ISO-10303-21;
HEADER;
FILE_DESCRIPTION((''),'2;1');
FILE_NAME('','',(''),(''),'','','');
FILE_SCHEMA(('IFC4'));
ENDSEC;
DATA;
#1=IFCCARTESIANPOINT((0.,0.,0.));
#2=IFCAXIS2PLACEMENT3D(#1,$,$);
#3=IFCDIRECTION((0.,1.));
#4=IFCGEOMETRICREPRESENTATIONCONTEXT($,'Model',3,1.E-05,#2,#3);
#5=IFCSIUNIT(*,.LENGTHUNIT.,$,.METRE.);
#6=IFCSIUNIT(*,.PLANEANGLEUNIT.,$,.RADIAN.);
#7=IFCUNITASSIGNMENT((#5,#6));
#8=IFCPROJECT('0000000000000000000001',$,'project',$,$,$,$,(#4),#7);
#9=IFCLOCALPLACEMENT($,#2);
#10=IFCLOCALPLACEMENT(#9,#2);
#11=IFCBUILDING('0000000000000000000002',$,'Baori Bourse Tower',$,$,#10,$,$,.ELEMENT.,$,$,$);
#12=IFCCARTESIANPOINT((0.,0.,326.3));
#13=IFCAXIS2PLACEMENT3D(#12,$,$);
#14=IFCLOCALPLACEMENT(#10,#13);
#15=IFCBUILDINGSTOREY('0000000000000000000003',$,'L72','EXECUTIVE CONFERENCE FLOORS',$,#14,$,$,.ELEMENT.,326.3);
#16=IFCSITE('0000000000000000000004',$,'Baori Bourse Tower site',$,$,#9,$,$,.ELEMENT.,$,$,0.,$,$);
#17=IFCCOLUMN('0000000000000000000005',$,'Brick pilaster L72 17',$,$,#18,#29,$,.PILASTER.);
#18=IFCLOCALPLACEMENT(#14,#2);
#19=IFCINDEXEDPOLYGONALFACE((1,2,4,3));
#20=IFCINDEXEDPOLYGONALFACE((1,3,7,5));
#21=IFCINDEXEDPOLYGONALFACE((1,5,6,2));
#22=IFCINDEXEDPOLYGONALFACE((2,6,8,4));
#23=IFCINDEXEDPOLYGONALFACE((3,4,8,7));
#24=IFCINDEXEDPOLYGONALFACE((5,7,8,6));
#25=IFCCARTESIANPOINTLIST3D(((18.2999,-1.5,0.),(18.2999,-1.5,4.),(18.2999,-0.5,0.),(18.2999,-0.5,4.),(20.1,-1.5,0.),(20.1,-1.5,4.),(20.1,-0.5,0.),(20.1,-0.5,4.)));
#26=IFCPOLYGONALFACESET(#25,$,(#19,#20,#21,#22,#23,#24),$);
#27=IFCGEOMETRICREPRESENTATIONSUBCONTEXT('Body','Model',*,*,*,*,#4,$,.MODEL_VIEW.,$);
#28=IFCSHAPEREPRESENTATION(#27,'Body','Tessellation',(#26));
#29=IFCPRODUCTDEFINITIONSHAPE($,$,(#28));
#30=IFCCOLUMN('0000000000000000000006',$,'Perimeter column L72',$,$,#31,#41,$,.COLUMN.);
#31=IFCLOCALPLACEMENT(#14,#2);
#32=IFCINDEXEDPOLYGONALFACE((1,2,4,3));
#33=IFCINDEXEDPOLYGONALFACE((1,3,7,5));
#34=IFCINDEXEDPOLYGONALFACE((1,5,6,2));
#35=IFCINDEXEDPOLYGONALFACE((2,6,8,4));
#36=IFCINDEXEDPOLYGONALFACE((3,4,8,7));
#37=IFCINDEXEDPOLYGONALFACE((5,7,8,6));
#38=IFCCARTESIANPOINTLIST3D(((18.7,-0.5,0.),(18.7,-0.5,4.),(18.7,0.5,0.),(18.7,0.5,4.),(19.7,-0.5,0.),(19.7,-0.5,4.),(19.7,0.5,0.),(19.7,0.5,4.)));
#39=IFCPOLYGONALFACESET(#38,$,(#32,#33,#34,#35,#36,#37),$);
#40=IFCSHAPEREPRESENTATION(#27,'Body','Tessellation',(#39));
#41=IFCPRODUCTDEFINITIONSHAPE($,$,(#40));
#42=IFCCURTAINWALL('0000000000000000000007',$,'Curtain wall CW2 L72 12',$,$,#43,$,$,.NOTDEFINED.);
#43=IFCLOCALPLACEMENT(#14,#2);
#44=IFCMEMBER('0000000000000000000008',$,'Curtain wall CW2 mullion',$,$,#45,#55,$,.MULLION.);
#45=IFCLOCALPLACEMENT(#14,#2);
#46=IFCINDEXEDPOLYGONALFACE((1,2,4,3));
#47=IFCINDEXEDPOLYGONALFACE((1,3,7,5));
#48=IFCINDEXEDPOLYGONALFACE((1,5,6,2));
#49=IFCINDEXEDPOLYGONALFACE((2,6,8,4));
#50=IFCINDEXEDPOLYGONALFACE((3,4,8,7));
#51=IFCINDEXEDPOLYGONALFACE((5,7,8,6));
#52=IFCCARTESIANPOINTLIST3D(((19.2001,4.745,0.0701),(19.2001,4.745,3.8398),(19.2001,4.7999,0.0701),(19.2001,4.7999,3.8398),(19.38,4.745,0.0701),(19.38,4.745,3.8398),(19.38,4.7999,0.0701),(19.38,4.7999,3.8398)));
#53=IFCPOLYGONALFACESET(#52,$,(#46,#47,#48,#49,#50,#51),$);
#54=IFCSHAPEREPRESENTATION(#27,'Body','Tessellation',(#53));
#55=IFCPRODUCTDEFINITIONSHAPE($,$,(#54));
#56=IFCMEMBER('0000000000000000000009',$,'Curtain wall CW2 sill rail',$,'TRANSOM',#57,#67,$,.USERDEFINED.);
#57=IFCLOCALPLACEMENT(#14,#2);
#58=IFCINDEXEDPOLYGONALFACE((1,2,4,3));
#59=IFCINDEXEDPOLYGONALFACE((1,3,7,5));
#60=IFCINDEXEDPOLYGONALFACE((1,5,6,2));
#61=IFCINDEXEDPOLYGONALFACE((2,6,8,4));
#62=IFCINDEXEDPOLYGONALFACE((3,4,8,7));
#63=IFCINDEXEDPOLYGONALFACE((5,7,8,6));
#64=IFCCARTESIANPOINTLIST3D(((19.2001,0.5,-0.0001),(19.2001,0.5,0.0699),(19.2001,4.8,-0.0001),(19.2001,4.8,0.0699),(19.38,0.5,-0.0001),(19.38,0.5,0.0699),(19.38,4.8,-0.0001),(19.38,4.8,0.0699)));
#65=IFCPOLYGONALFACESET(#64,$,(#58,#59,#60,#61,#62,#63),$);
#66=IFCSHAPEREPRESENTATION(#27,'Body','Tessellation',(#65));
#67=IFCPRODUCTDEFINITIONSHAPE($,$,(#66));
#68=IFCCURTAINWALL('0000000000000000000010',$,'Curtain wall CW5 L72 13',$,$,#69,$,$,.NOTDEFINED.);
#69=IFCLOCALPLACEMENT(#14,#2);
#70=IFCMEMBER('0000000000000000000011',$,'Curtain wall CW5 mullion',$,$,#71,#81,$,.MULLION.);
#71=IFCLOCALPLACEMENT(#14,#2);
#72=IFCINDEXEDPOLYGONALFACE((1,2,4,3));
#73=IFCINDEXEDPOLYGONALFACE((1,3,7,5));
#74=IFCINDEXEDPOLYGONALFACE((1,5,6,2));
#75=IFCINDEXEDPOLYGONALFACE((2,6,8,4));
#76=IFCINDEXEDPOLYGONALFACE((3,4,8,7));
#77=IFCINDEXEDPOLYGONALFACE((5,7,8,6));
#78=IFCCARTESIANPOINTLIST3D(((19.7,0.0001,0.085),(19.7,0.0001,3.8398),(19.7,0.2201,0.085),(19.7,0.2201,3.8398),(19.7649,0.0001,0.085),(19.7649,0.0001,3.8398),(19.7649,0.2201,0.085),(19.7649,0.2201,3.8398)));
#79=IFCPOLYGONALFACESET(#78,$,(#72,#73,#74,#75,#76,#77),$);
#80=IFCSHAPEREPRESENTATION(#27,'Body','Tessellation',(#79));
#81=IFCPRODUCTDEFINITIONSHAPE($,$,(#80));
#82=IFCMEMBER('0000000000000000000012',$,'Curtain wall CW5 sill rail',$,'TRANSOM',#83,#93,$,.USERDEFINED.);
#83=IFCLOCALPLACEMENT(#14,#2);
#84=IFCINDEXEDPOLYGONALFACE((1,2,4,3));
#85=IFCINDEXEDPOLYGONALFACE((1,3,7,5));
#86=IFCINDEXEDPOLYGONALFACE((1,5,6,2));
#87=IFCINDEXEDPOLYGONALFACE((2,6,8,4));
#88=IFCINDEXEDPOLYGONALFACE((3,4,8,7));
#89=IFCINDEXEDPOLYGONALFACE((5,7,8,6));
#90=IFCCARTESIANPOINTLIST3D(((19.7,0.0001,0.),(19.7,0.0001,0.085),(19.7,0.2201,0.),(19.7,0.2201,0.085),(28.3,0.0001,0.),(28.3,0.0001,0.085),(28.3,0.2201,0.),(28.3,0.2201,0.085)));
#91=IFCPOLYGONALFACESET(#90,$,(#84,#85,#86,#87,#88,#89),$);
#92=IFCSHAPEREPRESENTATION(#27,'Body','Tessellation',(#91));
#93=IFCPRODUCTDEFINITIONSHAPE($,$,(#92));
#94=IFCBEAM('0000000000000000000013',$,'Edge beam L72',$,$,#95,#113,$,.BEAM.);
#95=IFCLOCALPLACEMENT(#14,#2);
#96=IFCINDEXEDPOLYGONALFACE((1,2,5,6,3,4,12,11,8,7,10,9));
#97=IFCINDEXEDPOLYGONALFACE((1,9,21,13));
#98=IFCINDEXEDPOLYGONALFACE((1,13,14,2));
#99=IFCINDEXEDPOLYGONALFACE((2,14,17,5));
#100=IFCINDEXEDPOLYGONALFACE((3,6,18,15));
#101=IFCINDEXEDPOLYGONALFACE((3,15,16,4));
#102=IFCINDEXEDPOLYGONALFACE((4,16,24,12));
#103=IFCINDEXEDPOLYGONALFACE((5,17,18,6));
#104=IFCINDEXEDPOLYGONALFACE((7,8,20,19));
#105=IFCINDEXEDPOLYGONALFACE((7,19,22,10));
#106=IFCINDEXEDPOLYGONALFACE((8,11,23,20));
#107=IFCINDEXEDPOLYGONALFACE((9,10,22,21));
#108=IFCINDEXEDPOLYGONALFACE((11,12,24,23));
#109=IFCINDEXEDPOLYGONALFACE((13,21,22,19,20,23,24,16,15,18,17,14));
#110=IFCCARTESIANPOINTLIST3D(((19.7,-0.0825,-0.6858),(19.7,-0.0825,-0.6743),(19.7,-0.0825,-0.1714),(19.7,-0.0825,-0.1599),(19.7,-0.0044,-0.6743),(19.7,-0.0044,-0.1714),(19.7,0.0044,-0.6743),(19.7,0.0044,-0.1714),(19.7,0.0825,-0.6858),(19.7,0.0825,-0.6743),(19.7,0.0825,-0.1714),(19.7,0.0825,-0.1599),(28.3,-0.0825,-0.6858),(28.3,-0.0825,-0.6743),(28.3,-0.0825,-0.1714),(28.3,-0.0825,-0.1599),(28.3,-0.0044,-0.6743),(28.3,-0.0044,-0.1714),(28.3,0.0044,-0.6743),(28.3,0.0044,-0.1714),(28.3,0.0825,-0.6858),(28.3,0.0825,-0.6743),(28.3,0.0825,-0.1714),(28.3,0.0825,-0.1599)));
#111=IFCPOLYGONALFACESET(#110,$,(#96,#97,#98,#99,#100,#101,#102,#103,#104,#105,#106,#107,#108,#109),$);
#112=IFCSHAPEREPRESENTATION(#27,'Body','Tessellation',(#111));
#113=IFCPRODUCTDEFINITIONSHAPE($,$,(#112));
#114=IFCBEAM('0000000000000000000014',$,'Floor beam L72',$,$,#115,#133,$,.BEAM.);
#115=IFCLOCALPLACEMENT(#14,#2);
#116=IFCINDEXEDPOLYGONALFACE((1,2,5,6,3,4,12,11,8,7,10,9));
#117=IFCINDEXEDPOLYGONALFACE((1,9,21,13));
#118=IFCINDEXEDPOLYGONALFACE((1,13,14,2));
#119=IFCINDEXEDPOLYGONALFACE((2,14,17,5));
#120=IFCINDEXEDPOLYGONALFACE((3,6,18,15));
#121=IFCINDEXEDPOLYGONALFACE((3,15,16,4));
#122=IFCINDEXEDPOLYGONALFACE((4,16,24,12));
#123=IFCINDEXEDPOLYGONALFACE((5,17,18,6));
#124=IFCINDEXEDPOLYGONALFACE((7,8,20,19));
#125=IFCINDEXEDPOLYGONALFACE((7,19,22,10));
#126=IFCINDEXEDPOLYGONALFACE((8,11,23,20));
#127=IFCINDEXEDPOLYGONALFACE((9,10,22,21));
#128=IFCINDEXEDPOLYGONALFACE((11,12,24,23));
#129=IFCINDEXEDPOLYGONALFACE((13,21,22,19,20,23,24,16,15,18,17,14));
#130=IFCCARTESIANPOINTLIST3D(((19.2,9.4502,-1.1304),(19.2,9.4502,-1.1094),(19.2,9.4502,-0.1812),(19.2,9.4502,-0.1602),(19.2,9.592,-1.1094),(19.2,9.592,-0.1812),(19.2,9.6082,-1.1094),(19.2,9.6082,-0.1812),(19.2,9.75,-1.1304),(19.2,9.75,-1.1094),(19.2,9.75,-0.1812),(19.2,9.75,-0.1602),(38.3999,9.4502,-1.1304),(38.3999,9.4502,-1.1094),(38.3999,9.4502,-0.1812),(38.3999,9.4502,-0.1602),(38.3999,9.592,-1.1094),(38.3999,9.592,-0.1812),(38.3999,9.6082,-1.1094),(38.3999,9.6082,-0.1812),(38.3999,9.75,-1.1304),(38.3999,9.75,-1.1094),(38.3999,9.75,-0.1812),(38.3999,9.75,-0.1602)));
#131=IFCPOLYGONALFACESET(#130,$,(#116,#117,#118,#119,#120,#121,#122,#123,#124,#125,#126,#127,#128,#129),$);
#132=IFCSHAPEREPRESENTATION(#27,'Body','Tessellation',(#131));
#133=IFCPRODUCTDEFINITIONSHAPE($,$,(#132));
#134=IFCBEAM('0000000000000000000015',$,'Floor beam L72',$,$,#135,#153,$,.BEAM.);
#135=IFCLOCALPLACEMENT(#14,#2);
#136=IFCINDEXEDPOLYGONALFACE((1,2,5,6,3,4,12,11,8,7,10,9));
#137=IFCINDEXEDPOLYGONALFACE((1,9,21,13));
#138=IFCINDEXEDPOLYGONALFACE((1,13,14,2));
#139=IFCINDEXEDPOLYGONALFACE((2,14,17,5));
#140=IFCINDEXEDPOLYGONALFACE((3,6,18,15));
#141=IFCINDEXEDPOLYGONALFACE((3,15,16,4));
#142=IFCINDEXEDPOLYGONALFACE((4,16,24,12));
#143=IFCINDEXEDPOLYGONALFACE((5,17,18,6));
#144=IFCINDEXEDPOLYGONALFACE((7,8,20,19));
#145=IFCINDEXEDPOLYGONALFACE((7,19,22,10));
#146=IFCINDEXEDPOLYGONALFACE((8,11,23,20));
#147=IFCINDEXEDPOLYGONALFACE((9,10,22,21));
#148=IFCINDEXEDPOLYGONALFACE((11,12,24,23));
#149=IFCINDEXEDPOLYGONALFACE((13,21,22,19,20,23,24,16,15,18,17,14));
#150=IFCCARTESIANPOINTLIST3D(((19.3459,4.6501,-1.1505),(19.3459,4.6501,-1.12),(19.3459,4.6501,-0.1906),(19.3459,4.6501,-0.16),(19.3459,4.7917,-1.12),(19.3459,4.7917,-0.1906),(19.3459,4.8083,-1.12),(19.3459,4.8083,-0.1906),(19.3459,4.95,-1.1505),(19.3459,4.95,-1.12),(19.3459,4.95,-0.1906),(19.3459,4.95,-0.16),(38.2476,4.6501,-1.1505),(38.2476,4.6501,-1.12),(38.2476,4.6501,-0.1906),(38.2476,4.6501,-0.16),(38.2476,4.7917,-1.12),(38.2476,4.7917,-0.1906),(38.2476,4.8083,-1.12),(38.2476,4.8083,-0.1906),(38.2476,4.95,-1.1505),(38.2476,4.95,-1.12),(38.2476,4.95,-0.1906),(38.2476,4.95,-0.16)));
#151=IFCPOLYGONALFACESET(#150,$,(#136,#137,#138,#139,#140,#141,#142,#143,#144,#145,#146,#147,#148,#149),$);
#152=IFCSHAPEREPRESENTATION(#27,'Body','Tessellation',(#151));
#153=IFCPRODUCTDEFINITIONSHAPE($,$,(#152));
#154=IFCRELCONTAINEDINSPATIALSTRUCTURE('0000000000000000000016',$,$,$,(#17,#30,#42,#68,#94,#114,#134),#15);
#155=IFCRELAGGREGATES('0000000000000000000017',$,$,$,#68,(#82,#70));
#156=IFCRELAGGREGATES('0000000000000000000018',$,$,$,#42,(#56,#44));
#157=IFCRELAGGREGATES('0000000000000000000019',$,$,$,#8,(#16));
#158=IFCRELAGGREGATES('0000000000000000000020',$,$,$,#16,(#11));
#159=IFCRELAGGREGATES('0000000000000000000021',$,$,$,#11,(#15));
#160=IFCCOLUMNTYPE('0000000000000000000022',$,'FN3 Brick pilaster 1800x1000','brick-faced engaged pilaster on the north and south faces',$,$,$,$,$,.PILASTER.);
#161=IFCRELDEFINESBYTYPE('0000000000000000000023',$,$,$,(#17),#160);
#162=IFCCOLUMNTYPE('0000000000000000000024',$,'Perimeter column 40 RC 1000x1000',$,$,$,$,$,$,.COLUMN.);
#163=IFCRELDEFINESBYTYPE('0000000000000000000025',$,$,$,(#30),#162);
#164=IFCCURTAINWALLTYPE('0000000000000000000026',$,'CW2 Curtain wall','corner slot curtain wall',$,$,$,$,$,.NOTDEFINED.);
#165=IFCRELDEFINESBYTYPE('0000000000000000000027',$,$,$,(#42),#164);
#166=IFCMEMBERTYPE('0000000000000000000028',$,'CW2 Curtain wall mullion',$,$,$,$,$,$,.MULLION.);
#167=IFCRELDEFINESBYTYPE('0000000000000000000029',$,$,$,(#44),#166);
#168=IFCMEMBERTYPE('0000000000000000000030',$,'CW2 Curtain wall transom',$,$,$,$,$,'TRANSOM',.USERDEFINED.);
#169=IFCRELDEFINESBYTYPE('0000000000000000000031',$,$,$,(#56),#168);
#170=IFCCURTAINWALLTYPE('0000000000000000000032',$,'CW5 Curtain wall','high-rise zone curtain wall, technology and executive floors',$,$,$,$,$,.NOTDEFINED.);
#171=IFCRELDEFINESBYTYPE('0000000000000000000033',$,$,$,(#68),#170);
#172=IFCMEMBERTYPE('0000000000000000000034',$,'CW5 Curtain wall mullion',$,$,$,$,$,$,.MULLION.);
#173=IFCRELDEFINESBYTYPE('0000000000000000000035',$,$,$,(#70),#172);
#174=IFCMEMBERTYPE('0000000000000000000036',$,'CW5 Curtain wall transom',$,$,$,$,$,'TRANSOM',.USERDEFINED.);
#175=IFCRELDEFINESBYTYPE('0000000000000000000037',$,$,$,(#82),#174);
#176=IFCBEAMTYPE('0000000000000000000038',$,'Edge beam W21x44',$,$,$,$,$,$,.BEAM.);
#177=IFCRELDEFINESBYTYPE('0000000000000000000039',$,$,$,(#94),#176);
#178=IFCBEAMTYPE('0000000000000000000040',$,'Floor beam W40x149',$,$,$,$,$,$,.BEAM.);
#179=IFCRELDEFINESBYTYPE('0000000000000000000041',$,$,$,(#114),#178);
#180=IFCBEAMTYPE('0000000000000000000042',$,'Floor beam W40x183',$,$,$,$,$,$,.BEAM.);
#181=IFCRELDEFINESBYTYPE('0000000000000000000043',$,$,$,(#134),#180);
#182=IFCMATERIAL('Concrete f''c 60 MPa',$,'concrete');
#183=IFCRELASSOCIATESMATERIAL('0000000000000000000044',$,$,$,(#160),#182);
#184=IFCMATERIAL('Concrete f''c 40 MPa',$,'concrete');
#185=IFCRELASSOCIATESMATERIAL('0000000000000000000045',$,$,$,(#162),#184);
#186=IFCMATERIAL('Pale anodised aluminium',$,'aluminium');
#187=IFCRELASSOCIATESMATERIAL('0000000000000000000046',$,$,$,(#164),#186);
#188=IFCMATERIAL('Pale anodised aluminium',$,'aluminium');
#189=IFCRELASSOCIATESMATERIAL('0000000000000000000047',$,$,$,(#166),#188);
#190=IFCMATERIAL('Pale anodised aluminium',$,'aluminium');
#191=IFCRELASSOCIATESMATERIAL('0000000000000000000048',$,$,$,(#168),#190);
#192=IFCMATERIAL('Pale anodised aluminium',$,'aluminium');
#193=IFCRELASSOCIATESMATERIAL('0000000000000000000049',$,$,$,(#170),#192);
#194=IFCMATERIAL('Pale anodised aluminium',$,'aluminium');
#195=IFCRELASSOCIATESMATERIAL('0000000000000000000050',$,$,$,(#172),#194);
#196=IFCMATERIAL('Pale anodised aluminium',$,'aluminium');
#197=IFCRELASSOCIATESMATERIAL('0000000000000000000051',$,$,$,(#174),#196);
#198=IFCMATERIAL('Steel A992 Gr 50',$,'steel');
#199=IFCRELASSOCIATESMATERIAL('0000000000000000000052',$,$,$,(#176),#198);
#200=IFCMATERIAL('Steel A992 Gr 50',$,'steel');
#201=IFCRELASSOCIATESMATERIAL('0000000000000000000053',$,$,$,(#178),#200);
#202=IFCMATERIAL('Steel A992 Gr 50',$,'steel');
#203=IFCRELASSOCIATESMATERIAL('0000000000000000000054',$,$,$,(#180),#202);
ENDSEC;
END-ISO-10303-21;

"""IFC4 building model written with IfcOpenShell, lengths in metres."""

from ifc_helpers import new_model, si_unit, direction, frame, origin, origin_2d, place, context, subcontext, project, spatial, rectangle, i_section, extrude, material, material_profile, profile_set, type_object, element, aggregate, save


model = new_model("IFC4")

# Units and contexts
model_context = context("Model", 3, precision=1e-05, world=origin(), true_north=direction((0.0, 1.0)))
body_context = subcontext(model_context, "Body", "Model", "MODEL_VIEW")
ifc_project = project(units=[si_unit("LENGTHUNIT", "METRE"), si_unit("PLANEANGLEUNIT", "RADIAN")], contexts=[model_context])

# Site, building, storey
site_placement = place(None, origin())
site = spatial("IfcSite", under=ifc_project, at=site_placement, Name="Baori Bourse Tower site", CompositionType="ELEMENT", RefElevation=0.0)
building_placement = place(site_placement, origin())
building = spatial("IfcBuilding", under=site, at=building_placement, Name="Baori Bourse Tower", CompositionType="ELEMENT")
storey_placement = place(building_placement, frame((0.0, 0.0, 326.3)))
storey = spatial("IfcBuildingStorey", under=building, at=storey_placement, Name="L72", Description="EXECUTIVE CONFERENCE FLOORS", CompositionType="ELEMENT", Elevation=326.3)

# Columns
ifc_material_1 = material(Name="Concrete f'c 60 MPa", Category="concrete")
ifc_material_profile_1 = material_profile(ifc_material_1, rectangle(XDim=1.8, YDim=1.0, at=origin_2d()), Name="RC 1800x1000")
ifc_profile_set_1 = profile_set([ifc_material_profile_1], Name="Concrete f'c 60 MPa")
column_type_1 = type_object("IfcColumnType", Name="FN3 Brick pilaster 1800x1000", Description="brick-faced engaged pilaster on the north and south faces", PredefinedType="PILASTER", material=ifc_profile_set_1)
column_1_placement = place(storey_placement, frame((19.2, -1.0, 0.0), z_axis=(0.0, 0.0, 1.0), x_axis=(1.0, 0.0, 0.0)))
element("IfcColumn", 1, at=column_1_placement, inside=storey, type_object=column_type_1, Name="Brick pilaster L72 17", PredefinedType="PILASTER", context=body_context, shape_type="SweptSolid", body=[
    extrude(rectangle(XDim=1.8, YDim=1.0, at=origin_2d()), origin(), (0.0, 0.0, 1.0), 4.0),
])
ifc_material_2 = material(Name="Concrete f'c 40 MPa", Category="concrete")
ifc_material_profile_2 = material_profile(ifc_material_2, rectangle(XDim=1.0, YDim=1.0, at=origin_2d()), Name="RC 1000x1000")
ifc_profile_set_2 = profile_set([ifc_material_profile_2], Name="Concrete f'c 40 MPa")
column_type_2 = type_object("IfcColumnType", Name="Perimeter column 40 RC 1000x1000", PredefinedType="COLUMN", material=ifc_profile_set_2)
column_2_placement = place(storey_placement, frame((19.2, 0.0, 0.0), z_axis=(0.0, 0.0, 1.0), x_axis=(1.0, 0.0, 0.0)))
element("IfcColumn", 2, at=column_2_placement, inside=storey, type_object=column_type_2, Name="Perimeter column L72", PredefinedType="COLUMN", context=body_context, shape_type="SweptSolid", body=[
    extrude(rectangle(XDim=1.0, YDim=1.0, at=origin_2d()), origin(), (0.0, 0.0, 1.0), 4.0),
])

# Curtain walls, members
ifc_material_3 = material(Name="Pale anodised aluminium", Category="aluminium")
curtain_wall_type_1 = type_object("IfcCurtainWallType", Name="CW2 Curtain wall", Description="corner slot curtain wall", PredefinedType="NOTDEFINED", material=ifc_material_3)
curtain_wall_1_placement = place(storey_placement, origin())
curtain_wall_1 = element("IfcCurtainWall", 3, at=curtain_wall_1_placement, inside=storey, type_object=curtain_wall_type_1, Name="Curtain wall CW2 L72 12", PredefinedType="NOTDEFINED")
ifc_material_4 = material(Name="Pale anodised aluminium", Category="aluminium")
ifc_material_profile_3 = material_profile(ifc_material_4, rectangle(XDim=0.1799, YDim=0.0549, at=origin_2d()), Name="Mullion 55x180")
ifc_profile_set_3 = profile_set([ifc_material_profile_3], Name="Pale anodised aluminium")
member_type_1 = type_object("IfcMemberType", Name="CW2 Curtain wall mullion", PredefinedType="MULLION", material=ifc_profile_set_3)
member_1_placement = place(storey_placement, frame((19.29, 4.7725, 0.0701), z_axis=(0.0, 0.0, 1.0), x_axis=(1.0, 0.0, 0.0)))
member_1 = element("IfcMember", 4, at=member_1_placement, type_object=member_type_1, Name="Curtain wall CW2 mullion", PredefinedType="MULLION", context=body_context, shape_type="SweptSolid", body=[
    extrude(rectangle(XDim=0.1799, YDim=0.0549, at=origin_2d()), origin(), (0.0, 0.0, 1.0), 3.7698),
])
ifc_material_5 = material(Name="Pale anodised aluminium", Category="aluminium")
ifc_material_profile_4 = material_profile(ifc_material_5, rectangle(XDim=0.1799, YDim=0.0701, at=origin_2d()), Name="Transom 70x180")
ifc_profile_set_4 = profile_set([ifc_material_profile_4], Name="Pale anodised aluminium")
member_type_2 = type_object("IfcMemberType", Name="CW2 Curtain wall transom", ElementType="TRANSOM", PredefinedType="USERDEFINED", material=ifc_profile_set_4)
member_2_placement = place(storey_placement, frame((19.29, 4.8, 0.0349), z_axis=(0.0, -1.0, 0.0), x_axis=(1.0, 0.0, 0.0)))
member_2 = element("IfcMember", 5, at=member_2_placement, type_object=member_type_2, Name="Curtain wall CW2 sill rail", ObjectType="TRANSOM", PredefinedType="USERDEFINED", context=body_context, shape_type="SweptSolid", body=[
    extrude(rectangle(XDim=0.1799, YDim=0.0701, at=origin_2d()), origin(), (0.0, 0.0, 1.0), 4.3),
])
ifc_material_6 = material(Name="Pale anodised aluminium", Category="aluminium")
curtain_wall_type_2 = type_object("IfcCurtainWallType", Name="CW5 Curtain wall", Description="high-rise zone curtain wall, technology and executive floors", PredefinedType="NOTDEFINED", material=ifc_material_6)
curtain_wall_2_placement = place(storey_placement, origin())
curtain_wall_2 = element("IfcCurtainWall", 6, at=curtain_wall_2_placement, inside=storey, type_object=curtain_wall_type_2, Name="Curtain wall CW5 L72 13", PredefinedType="NOTDEFINED")
ifc_material_7 = material(Name="Pale anodised aluminium", Category="aluminium")
ifc_material_profile_5 = material_profile(ifc_material_7, rectangle(XDim=0.22, YDim=0.0649, at=origin_2d()), Name="Mullion 65x220")
ifc_profile_set_5 = profile_set([ifc_material_profile_5], Name="Pale anodised aluminium")
member_type_3 = type_object("IfcMemberType", Name="CW5 Curtain wall mullion", PredefinedType="MULLION", material=ifc_profile_set_5)
member_3_placement = place(storey_placement, frame((19.7324, 0.1101, 0.085), z_axis=(0.0, 0.0, 1.0), x_axis=(0.0, 1.0, 0.0)))
member_3 = element("IfcMember", 7, at=member_3_placement, type_object=member_type_3, Name="Curtain wall CW5 mullion", PredefinedType="MULLION", context=body_context, shape_type="SweptSolid", body=[
    extrude(rectangle(XDim=0.22, YDim=0.0649, at=origin_2d()), origin(), (0.0, 0.0, 1.0), 3.7549),
])
ifc_material_8 = material(Name="Pale anodised aluminium", Category="aluminium")
ifc_material_profile_6 = material_profile(ifc_material_8, rectangle(XDim=0.22, YDim=0.085, at=origin_2d()), Name="Transom 85x220")
ifc_profile_set_6 = profile_set([ifc_material_profile_6], Name="Pale anodised aluminium")
member_type_4 = type_object("IfcMemberType", Name="CW5 Curtain wall transom", ElementType="TRANSOM", PredefinedType="USERDEFINED", material=ifc_profile_set_6)
member_4_placement = place(storey_placement, frame((19.7, 0.1101, 0.0425), z_axis=(1.0, 0.0, 0.0), x_axis=(0.0, 1.0, 0.0)))
member_4 = element("IfcMember", 8, at=member_4_placement, type_object=member_type_4, Name="Curtain wall CW5 sill rail", ObjectType="TRANSOM", PredefinedType="USERDEFINED", context=body_context, shape_type="SweptSolid", body=[
    extrude(rectangle(XDim=0.22, YDim=0.085, at=origin_2d()), origin(), (0.0, 0.0, 1.0), 8.6001),
])
aggregate(curtain_wall_2, [member_4, member_3])

# Beams
ifc_material_9 = material(Name="Steel A992 Gr 50", Category="steel")
ifc_material_profile_7 = material_profile(ifc_material_9, i_section(OverallWidth=0.165, OverallDepth=0.5259, WebThickness=0.0088, FlangeThickness=0.0115, at=origin_2d()), Name="W21x44")
ifc_profile_set_7 = profile_set([ifc_material_profile_7], Name="Steel A992 Gr 50")
beam_type_1 = type_object("IfcBeamType", Name="Edge beam W21x44", PredefinedType="BEAM", material=ifc_profile_set_7)
beam_1_placement = place(storey_placement, frame((19.7, 0.0, -0.4229), z_axis=(1.0, 0.0, 0.0), x_axis=(0.0, 1.0, 0.0)))
element("IfcBeam", 9, at=beam_1_placement, inside=storey, type_object=beam_type_1, Name="Edge beam L72", PredefinedType="BEAM", context=body_context, shape_type="SweptSolid", body=[
    extrude(i_section(OverallWidth=0.165, OverallDepth=0.5259, WebThickness=0.0088, FlangeThickness=0.0115, at=origin_2d()), origin(), (0.0, 0.0, 1.0), 8.6001),
])
ifc_material_10 = material(Name="Steel A992 Gr 50", Category="steel")
ifc_material_profile_8 = material_profile(ifc_material_10, i_section(OverallWidth=0.2998, OverallDepth=0.9702, WebThickness=0.0161, FlangeThickness=0.021, at=origin_2d()), Name="W40x149")
ifc_profile_set_8 = profile_set([ifc_material_profile_8], Name="Steel A992 Gr 50")
beam_type_2 = type_object("IfcBeamType", Name="Floor beam W40x149", PredefinedType="BEAM", material=ifc_profile_set_8)
beam_2_placement = place(storey_placement, frame((19.2, 9.6001, -0.6453), z_axis=(1.0, 0.0, 0.0), x_axis=(0.0, 1.0, 0.0)))
element("IfcBeam", 10, at=beam_2_placement, inside=storey, type_object=beam_type_2, Name="Floor beam L72", PredefinedType="BEAM", context=body_context, shape_type="SweptSolid", body=[
    extrude(i_section(OverallWidth=0.2998, OverallDepth=0.9702, WebThickness=0.0161, FlangeThickness=0.021, at=origin_2d()), origin(), (0.0, 0.0, 1.0), 19.2),
])
ifc_material_11 = material(Name="Steel A992 Gr 50", Category="steel")
ifc_material_profile_9 = material_profile(ifc_material_11, i_section(OverallWidth=0.2998, OverallDepth=0.9905, WebThickness=0.0166, FlangeThickness=0.0305, at=origin_2d()), Name="W40x183")
ifc_profile_set_9 = profile_set([ifc_material_profile_9], Name="Steel A992 Gr 50")
beam_type_3 = type_object("IfcBeamType", Name="Floor beam W40x183", PredefinedType="BEAM", material=ifc_profile_set_9)
beam_3_placement = place(storey_placement, frame((19.3459, 4.8, -0.6553), z_axis=(1.0, 0.0, 0.0), x_axis=(0.0, 1.0, 0.0)))
element("IfcBeam", 11, at=beam_3_placement, inside=storey, type_object=beam_type_3, Name="Floor beam L72", PredefinedType="BEAM", context=body_context, shape_type="SweptSolid", body=[
    extrude(i_section(OverallWidth=0.2998, OverallDepth=0.9905, WebThickness=0.0166, FlangeThickness=0.0305, at=origin_2d()), origin(), (0.0, 0.0, 1.0), 18.9016),
])

aggregate(curtain_wall_1, [member_2, member_1])

save(model, "model.ifc")
